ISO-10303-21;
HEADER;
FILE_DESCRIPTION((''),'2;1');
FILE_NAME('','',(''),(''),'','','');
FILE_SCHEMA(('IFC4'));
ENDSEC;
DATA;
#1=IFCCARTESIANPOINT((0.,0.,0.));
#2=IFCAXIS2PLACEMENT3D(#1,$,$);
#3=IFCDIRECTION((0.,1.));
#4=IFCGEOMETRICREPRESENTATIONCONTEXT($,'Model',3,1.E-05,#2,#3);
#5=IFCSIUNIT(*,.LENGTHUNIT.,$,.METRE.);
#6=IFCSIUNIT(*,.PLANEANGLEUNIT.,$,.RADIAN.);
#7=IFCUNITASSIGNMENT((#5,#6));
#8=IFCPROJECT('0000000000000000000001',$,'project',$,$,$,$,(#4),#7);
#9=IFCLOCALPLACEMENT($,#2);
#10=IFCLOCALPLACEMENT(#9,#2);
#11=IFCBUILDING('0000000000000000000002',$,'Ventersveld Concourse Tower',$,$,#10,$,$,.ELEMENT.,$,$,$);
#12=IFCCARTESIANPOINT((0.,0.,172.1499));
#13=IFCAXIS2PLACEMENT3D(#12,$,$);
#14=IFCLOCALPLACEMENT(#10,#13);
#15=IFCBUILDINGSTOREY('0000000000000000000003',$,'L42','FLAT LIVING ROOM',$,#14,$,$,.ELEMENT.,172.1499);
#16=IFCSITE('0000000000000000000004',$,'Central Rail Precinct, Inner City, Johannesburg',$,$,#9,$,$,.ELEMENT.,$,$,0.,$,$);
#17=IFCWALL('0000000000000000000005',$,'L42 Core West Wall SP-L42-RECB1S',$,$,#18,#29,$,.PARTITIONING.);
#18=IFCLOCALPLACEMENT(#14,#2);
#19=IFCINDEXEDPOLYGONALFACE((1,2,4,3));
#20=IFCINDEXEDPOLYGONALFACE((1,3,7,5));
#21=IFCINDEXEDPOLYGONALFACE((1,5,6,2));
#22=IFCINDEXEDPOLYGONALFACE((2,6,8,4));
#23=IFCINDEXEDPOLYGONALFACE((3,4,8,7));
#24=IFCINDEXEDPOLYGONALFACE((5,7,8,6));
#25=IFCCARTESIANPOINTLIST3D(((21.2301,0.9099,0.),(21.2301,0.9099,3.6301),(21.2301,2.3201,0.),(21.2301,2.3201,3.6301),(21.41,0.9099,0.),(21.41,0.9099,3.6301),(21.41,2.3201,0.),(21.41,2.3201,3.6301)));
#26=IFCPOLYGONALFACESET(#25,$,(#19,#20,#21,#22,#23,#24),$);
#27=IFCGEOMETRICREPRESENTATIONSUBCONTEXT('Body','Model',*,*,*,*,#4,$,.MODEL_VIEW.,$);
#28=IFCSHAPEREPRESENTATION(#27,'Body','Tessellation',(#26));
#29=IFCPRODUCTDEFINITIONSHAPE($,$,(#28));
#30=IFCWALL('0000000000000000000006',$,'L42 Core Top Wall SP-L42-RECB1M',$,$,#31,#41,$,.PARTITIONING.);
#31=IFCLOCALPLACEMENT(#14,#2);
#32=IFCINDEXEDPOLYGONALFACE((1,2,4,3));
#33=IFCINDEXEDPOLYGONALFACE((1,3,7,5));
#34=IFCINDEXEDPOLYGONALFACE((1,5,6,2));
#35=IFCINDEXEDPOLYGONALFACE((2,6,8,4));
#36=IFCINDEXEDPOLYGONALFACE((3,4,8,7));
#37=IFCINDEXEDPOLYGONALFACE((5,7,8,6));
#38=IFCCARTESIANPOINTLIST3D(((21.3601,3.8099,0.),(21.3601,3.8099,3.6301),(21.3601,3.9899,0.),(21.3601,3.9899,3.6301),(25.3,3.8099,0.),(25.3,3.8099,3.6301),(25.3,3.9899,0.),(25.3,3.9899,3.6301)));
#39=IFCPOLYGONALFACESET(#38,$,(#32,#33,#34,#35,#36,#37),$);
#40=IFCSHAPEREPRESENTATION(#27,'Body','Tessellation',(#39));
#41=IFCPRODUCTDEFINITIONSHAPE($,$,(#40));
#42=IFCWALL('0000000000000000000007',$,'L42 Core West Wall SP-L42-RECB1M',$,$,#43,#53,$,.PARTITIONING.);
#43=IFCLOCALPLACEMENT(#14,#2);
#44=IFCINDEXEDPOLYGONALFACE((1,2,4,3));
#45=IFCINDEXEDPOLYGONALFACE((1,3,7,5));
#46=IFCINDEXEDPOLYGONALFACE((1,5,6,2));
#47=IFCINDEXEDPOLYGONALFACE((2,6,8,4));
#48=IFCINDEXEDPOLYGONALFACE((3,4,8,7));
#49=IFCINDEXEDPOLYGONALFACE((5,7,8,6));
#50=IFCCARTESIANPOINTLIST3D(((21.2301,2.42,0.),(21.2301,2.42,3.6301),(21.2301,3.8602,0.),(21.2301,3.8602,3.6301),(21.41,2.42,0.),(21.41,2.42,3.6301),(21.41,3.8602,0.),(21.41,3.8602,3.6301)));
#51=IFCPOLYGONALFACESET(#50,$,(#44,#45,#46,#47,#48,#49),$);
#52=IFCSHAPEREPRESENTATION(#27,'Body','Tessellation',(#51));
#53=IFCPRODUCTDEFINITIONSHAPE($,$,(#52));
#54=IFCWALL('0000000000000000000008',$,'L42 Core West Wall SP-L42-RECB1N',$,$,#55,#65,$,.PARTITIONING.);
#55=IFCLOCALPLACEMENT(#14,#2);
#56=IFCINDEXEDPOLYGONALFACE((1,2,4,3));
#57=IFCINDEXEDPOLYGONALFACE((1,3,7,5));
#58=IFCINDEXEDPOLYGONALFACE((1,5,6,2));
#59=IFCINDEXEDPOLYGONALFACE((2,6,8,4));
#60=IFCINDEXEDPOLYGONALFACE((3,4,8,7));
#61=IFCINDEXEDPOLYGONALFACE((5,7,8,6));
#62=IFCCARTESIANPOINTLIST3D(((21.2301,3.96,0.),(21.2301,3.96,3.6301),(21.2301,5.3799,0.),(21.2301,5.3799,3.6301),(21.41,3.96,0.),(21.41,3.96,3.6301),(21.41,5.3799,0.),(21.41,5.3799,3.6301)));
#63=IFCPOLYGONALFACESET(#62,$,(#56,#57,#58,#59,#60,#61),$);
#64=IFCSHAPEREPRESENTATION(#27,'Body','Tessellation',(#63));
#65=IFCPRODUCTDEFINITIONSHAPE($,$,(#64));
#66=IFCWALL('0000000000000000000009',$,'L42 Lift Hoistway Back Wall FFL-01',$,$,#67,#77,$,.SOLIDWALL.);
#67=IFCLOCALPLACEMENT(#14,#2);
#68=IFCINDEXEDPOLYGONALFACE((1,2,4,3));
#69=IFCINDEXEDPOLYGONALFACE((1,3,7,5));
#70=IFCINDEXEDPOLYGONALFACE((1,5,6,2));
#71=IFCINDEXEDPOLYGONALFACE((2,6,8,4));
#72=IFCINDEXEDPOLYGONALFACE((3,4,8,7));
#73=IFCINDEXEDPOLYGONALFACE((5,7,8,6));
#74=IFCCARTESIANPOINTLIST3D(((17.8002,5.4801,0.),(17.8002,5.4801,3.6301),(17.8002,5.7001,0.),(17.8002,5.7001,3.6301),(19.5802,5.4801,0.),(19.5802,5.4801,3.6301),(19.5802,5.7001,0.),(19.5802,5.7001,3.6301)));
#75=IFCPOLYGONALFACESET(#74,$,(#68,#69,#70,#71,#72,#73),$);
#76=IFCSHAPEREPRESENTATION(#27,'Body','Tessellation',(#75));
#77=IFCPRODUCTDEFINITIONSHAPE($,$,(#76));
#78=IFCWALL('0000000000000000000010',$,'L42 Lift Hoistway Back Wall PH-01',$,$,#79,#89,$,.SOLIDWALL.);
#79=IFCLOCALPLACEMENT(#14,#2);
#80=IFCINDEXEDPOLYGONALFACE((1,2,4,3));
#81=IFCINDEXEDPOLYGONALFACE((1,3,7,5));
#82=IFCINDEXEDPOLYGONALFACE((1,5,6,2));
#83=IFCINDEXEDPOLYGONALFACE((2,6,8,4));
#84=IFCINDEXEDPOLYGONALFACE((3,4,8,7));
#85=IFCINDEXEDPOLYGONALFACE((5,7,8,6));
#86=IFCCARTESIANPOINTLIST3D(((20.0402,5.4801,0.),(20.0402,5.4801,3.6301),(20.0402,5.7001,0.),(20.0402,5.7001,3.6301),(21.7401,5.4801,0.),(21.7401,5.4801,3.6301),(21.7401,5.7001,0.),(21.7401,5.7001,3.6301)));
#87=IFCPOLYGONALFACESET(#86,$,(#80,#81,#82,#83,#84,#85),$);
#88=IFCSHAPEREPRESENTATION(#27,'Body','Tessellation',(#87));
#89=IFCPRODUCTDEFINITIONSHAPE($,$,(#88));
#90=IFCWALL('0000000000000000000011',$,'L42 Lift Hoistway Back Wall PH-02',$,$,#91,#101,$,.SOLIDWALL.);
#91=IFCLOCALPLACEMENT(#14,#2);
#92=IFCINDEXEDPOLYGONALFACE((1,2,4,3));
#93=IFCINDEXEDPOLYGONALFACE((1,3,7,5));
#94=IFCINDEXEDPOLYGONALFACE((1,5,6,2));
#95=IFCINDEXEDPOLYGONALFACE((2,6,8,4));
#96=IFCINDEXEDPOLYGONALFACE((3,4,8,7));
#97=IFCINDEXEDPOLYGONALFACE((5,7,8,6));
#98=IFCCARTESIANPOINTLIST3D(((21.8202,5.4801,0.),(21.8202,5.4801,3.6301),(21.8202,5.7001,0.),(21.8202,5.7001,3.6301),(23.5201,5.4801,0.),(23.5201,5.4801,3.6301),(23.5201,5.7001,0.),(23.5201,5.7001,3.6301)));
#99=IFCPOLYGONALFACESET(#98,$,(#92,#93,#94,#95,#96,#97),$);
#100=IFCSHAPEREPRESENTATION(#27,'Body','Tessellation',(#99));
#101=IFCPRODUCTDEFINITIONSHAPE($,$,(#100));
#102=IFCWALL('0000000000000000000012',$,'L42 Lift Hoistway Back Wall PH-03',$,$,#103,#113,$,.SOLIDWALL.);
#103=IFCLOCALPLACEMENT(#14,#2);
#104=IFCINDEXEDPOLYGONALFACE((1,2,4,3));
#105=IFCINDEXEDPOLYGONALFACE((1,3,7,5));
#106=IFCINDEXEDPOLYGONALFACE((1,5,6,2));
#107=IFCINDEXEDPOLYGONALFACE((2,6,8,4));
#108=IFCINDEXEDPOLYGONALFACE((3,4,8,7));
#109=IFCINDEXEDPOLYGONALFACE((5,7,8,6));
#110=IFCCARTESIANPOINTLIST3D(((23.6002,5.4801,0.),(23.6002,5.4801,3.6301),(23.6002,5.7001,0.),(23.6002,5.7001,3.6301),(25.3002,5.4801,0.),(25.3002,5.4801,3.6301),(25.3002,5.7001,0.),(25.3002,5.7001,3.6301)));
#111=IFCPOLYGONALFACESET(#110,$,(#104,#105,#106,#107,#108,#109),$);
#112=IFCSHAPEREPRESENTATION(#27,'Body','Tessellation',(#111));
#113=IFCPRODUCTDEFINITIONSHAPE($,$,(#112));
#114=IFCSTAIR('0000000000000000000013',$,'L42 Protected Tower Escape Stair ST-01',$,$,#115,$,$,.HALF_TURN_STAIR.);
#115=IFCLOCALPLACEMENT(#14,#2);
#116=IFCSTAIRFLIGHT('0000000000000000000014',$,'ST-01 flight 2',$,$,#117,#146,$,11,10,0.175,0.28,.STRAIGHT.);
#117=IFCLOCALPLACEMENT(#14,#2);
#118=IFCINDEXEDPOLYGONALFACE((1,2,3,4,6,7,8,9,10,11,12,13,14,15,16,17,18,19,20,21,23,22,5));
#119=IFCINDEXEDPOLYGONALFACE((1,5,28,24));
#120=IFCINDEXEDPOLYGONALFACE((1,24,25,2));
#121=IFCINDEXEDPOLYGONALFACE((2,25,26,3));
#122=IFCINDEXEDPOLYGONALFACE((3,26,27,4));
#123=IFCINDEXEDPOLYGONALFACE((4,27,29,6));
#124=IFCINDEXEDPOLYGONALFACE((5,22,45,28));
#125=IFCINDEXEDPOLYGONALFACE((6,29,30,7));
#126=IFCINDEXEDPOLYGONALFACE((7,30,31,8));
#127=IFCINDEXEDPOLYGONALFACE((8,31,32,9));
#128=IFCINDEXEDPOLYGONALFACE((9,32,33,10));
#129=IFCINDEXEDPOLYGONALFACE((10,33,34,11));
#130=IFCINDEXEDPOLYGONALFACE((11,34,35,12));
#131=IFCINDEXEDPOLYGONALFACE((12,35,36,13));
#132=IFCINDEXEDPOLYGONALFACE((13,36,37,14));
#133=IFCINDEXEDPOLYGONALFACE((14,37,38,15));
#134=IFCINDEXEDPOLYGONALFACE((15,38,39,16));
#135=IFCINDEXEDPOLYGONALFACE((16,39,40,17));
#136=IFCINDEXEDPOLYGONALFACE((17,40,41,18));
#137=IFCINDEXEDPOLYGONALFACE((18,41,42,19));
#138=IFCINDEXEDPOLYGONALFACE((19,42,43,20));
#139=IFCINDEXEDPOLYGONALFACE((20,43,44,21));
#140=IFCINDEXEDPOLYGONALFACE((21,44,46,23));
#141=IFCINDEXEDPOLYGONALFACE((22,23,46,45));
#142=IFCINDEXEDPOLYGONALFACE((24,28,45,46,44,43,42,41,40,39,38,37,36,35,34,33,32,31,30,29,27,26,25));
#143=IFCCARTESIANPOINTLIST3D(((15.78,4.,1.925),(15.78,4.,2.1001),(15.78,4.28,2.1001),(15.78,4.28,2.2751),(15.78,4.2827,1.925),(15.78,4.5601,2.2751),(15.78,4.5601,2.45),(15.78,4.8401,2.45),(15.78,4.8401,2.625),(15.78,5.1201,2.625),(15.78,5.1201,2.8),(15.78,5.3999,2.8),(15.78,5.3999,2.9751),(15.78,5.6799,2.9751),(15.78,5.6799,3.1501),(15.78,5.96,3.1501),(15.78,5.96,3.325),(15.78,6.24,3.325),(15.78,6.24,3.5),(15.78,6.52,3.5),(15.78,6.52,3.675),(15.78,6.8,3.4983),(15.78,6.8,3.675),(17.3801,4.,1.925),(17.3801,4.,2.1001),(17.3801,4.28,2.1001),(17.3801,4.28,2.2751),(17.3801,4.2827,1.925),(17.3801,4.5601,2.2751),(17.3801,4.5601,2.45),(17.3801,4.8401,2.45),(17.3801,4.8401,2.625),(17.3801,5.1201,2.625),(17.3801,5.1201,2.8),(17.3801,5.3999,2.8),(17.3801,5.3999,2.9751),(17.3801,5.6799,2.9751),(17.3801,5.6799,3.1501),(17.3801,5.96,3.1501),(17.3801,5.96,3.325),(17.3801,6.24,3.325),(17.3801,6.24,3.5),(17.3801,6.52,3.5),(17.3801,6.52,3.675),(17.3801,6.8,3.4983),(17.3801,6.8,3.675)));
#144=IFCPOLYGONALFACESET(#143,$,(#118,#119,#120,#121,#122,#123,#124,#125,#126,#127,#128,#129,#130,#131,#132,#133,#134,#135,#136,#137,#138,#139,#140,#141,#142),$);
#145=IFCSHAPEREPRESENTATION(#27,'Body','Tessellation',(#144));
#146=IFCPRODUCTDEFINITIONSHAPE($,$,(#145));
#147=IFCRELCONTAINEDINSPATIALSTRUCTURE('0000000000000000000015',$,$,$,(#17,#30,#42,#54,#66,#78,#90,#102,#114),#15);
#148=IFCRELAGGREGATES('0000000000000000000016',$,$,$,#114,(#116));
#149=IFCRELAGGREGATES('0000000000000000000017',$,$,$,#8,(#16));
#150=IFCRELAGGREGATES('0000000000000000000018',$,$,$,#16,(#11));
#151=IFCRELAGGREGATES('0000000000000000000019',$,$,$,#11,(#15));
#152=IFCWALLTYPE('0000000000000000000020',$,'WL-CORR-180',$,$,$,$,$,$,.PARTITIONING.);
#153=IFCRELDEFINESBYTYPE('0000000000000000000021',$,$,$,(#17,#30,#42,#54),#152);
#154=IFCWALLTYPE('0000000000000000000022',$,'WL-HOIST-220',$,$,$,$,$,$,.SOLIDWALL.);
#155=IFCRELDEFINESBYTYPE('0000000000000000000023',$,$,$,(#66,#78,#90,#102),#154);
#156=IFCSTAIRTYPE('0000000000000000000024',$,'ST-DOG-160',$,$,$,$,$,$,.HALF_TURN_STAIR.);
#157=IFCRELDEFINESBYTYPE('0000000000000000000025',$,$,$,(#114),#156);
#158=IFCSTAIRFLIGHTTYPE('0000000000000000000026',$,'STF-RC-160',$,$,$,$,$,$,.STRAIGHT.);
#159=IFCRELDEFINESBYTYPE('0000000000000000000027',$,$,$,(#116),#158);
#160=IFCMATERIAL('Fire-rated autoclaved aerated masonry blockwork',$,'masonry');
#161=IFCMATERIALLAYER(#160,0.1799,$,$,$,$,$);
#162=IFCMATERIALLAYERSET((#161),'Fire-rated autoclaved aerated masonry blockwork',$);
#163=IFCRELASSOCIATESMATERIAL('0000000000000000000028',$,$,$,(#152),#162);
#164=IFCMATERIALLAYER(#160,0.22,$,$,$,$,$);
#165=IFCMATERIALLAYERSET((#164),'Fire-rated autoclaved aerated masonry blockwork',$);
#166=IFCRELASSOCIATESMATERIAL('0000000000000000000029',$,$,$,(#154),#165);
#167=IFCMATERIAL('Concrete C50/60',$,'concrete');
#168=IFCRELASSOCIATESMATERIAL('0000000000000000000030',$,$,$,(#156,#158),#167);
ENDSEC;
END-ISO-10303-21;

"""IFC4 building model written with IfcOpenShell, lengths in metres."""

from ifc_helpers import new_model, si_unit, direction, frame, frame_2d, origin, place, context, subcontext, project, spatial, polyline, rectangle, outline, extrude, material, layer, layer_set, type_object, element, aggregate, save


model = new_model("IFC4")

# Units and contexts
model_context = context("Model", 3, precision=1e-05, world=origin(), true_north=direction((0.0, 1.0)))
body_context = subcontext(model_context, "Body", "Model", "MODEL_VIEW")
ifc_project = project(units=[si_unit("LENGTHUNIT", "METRE"), si_unit("PLANEANGLEUNIT", "RADIAN")], contexts=[model_context])

# Site, building, storey
site_placement = place(None, origin())
site = spatial("IfcSite", under=ifc_project, at=site_placement, Name="Central Rail Precinct, Inner City, Johannesburg", CompositionType="ELEMENT", RefElevation=0.0)
building_placement = place(site_placement, origin())
building = spatial("IfcBuilding", under=site, at=building_placement, Name="Ventersveld Concourse Tower", CompositionType="ELEMENT")
storey_placement = place(building_placement, frame((0.0, 0.0, 172.1499)))
storey = spatial("IfcBuildingStorey", under=building, at=storey_placement, Name="L42", Description="FLAT LIVING ROOM", CompositionType="ELEMENT", Elevation=172.1499)

# Shared definitions
ifc_material_1 = material(Name="Concrete C50/60", Category="concrete")

# Walls
ifc_material_2 = material(Name="Fire-rated autoclaved aerated masonry blockwork", Category="masonry")
ifc_layer_1 = layer(ifc_material_2, 0.1799)
ifc_layer_set_1 = layer_set([ifc_layer_1], Name="Fire-rated autoclaved aerated masonry blockwork")
wall_type_1 = type_object("IfcWallType", Name="WL-CORR-180", PredefinedType="PARTITIONING", material=ifc_layer_set_1)
wall_1_placement = place(storey_placement, frame((21.3201, 0.9099, 0.0), z_axis=(0.0, 0.0, 1.0), x_axis=(0.0, 1.0, 0.0)))
element("IfcWall", 1, at=wall_1_placement, inside=storey, type_object=wall_type_1, Name="L42 Core West Wall SP-L42-RECB1S", PredefinedType="PARTITIONING", context=body_context, shape_type="SweptSolid", body=[
    extrude(rectangle(XDim=1.4102, YDim=0.1799, at=frame_2d((0.7051, 0.0))), origin(), (0.0, 0.0, 1.0), 3.6301),
])
wall_2_placement = place(storey_placement, frame((21.3601, 3.8999, 0.0), z_axis=(0.0, 0.0, 1.0), x_axis=(1.0, 0.0, 0.0)))
element("IfcWall", 2, at=wall_2_placement, inside=storey, type_object=wall_type_1, Name="L42 Core Top Wall SP-L42-RECB1M", PredefinedType="PARTITIONING", context=body_context, shape_type="SweptSolid", body=[
    extrude(rectangle(XDim=3.9399, YDim=0.1799, at=frame_2d((1.97, 0.0))), origin(), (0.0, 0.0, 1.0), 3.6301),
])
wall_3_placement = place(storey_placement, frame((21.3201, 2.4199, 0.0), z_axis=(0.0, 0.0, 1.0), x_axis=(0.0, 1.0, 0.0)))
element("IfcWall", 3, at=wall_3_placement, inside=storey, type_object=wall_type_1, Name="L42 Core West Wall SP-L42-RECB1M", PredefinedType="PARTITIONING", context=body_context, shape_type="SweptSolid", body=[
    extrude(rectangle(XDim=1.4402, YDim=0.1799, at=frame_2d((0.7202, 0.0))), origin(), (0.0, 0.0, 1.0), 3.6301),
])
wall_4_placement = place(storey_placement, frame((21.3201, 3.96, 0.0), z_axis=(0.0, 0.0, 1.0), x_axis=(0.0, 1.0, 0.0)))
element("IfcWall", 4, at=wall_4_placement, inside=storey, type_object=wall_type_1, Name="L42 Core West Wall SP-L42-RECB1N", PredefinedType="PARTITIONING", context=body_context, shape_type="SweptSolid", body=[
    extrude(rectangle(XDim=1.4199, YDim=0.1799, at=frame_2d((0.71, 0.0))), origin(), (0.0, 0.0, 1.0), 3.6301),
])
ifc_layer_2 = layer(ifc_material_2, 0.22)
ifc_layer_set_2 = layer_set([ifc_layer_2], Name="Fire-rated autoclaved aerated masonry blockwork")
wall_type_2 = type_object("IfcWallType", Name="WL-HOIST-220", PredefinedType="SOLIDWALL", material=ifc_layer_set_2)
wall_5_placement = place(storey_placement, frame((17.8, 5.5901, 0.0), z_axis=(0.0, 0.0, 1.0), x_axis=(1.0, 0.0, 0.0)))
element("IfcWall", 5, at=wall_5_placement, inside=storey, type_object=wall_type_2, Name="L42 Lift Hoistway Back Wall FFL-01", PredefinedType="SOLIDWALL", context=body_context, shape_type="SweptSolid", body=[
    extrude(rectangle(XDim=1.78, YDim=0.22, at=frame_2d((0.8901, 0.0))), origin(), (0.0, 0.0, 1.0), 3.6301),
])
for number, where, z_axis, x_axis, name in (
    (6, (20.04, 5.5901, 0.0), (0.0, 0.0, 1.0), (1.0, 0.0, 0.0), "L42 Lift Hoistway Back Wall PH-01"),
    (7, (21.8201, 5.5901, 0.0), (0.0, 0.0, 1.0), (1.0, 0.0, 0.0), "L42 Lift Hoistway Back Wall PH-02"),
    (8, (23.6001, 5.5901, 0.0), (0.0, 0.0, 1.0), (1.0, 0.0, 0.0), "L42 Lift Hoistway Back Wall PH-03"),
):
    element("IfcWall", number, at=place(storey_placement, frame(where, z_axis=z_axis, x_axis=x_axis)), inside=storey, type_object=wall_type_2, Name=name, PredefinedType="SOLIDWALL", context=body_context, shape_type="SweptSolid", body=[
        extrude(rectangle(XDim=1.7, YDim=0.22, at=frame_2d((0.8501, 0.0))), origin(), (0.0, 0.0, 1.0), 3.6301),
    ])

# Stair, stair flight
stair_type = type_object("IfcStairType", Name="ST-DOG-160", PredefinedType="HALF_TURN_STAIR", material=ifc_material_1)
stair_placement = place(storey_placement, origin())
stair = element("IfcStair", 9, at=stair_placement, inside=storey, type_object=stair_type, Name="L42 Protected Tower Escape Stair ST-01", PredefinedType="HALF_TURN_STAIR")
stair_flight_type = type_object("IfcStairFlightType", Name="STF-RC-160", PredefinedType="STRAIGHT", material=ifc_material_1)
stair_flight_placement = place(storey_placement, frame((16.5801, 4.0, 1.925), z_axis=(0.0, 0.0, 1.0), x_axis=(0.0, 1.0, 0.0)))
stair_flight = element("IfcStairFlight", 10, at=stair_flight_placement, type_object=stair_flight_type, Name="ST-01 flight 2", NumberOfRisers=11, NumberOfTreads=10, PredefinedType="STRAIGHT", RiserHeight=0.175, TreadLength=0.28, context=body_context, shape_type="SweptSolid", body=[
    extrude(outline(polyline([(0.0, 0.0), (0.0, 0.175), (0.28, 0.175), (0.28, 0.3501), (0.5601, 0.3501), (0.5601, 0.5249), (0.8401, 0.5249), (0.8401, 0.7), (1.1201, 0.7), (1.1201, 0.875), (1.3999, 0.875), (1.3999, 1.05), (1.6799, 1.05), (1.6799, 1.2251), (1.96, 1.2251), (1.96, 1.3999), (2.24, 1.3999), (2.24, 1.575), (2.52, 1.575), (2.52, 1.75), (2.8, 1.75), (2.8, 1.925), (2.8, 1.5732), (0.2827, 0.0), (0.0, 0.0)])), frame((0.0, 0.8, 0.0), z_axis=(0.0, -1.0, 0.0), x_axis=(1.0, 0.0, 0.0)), (0.0, 0.0, 1.0), 1.6001),
])
aggregate(stair, [stair_flight])

save(model, "model.ifc")
